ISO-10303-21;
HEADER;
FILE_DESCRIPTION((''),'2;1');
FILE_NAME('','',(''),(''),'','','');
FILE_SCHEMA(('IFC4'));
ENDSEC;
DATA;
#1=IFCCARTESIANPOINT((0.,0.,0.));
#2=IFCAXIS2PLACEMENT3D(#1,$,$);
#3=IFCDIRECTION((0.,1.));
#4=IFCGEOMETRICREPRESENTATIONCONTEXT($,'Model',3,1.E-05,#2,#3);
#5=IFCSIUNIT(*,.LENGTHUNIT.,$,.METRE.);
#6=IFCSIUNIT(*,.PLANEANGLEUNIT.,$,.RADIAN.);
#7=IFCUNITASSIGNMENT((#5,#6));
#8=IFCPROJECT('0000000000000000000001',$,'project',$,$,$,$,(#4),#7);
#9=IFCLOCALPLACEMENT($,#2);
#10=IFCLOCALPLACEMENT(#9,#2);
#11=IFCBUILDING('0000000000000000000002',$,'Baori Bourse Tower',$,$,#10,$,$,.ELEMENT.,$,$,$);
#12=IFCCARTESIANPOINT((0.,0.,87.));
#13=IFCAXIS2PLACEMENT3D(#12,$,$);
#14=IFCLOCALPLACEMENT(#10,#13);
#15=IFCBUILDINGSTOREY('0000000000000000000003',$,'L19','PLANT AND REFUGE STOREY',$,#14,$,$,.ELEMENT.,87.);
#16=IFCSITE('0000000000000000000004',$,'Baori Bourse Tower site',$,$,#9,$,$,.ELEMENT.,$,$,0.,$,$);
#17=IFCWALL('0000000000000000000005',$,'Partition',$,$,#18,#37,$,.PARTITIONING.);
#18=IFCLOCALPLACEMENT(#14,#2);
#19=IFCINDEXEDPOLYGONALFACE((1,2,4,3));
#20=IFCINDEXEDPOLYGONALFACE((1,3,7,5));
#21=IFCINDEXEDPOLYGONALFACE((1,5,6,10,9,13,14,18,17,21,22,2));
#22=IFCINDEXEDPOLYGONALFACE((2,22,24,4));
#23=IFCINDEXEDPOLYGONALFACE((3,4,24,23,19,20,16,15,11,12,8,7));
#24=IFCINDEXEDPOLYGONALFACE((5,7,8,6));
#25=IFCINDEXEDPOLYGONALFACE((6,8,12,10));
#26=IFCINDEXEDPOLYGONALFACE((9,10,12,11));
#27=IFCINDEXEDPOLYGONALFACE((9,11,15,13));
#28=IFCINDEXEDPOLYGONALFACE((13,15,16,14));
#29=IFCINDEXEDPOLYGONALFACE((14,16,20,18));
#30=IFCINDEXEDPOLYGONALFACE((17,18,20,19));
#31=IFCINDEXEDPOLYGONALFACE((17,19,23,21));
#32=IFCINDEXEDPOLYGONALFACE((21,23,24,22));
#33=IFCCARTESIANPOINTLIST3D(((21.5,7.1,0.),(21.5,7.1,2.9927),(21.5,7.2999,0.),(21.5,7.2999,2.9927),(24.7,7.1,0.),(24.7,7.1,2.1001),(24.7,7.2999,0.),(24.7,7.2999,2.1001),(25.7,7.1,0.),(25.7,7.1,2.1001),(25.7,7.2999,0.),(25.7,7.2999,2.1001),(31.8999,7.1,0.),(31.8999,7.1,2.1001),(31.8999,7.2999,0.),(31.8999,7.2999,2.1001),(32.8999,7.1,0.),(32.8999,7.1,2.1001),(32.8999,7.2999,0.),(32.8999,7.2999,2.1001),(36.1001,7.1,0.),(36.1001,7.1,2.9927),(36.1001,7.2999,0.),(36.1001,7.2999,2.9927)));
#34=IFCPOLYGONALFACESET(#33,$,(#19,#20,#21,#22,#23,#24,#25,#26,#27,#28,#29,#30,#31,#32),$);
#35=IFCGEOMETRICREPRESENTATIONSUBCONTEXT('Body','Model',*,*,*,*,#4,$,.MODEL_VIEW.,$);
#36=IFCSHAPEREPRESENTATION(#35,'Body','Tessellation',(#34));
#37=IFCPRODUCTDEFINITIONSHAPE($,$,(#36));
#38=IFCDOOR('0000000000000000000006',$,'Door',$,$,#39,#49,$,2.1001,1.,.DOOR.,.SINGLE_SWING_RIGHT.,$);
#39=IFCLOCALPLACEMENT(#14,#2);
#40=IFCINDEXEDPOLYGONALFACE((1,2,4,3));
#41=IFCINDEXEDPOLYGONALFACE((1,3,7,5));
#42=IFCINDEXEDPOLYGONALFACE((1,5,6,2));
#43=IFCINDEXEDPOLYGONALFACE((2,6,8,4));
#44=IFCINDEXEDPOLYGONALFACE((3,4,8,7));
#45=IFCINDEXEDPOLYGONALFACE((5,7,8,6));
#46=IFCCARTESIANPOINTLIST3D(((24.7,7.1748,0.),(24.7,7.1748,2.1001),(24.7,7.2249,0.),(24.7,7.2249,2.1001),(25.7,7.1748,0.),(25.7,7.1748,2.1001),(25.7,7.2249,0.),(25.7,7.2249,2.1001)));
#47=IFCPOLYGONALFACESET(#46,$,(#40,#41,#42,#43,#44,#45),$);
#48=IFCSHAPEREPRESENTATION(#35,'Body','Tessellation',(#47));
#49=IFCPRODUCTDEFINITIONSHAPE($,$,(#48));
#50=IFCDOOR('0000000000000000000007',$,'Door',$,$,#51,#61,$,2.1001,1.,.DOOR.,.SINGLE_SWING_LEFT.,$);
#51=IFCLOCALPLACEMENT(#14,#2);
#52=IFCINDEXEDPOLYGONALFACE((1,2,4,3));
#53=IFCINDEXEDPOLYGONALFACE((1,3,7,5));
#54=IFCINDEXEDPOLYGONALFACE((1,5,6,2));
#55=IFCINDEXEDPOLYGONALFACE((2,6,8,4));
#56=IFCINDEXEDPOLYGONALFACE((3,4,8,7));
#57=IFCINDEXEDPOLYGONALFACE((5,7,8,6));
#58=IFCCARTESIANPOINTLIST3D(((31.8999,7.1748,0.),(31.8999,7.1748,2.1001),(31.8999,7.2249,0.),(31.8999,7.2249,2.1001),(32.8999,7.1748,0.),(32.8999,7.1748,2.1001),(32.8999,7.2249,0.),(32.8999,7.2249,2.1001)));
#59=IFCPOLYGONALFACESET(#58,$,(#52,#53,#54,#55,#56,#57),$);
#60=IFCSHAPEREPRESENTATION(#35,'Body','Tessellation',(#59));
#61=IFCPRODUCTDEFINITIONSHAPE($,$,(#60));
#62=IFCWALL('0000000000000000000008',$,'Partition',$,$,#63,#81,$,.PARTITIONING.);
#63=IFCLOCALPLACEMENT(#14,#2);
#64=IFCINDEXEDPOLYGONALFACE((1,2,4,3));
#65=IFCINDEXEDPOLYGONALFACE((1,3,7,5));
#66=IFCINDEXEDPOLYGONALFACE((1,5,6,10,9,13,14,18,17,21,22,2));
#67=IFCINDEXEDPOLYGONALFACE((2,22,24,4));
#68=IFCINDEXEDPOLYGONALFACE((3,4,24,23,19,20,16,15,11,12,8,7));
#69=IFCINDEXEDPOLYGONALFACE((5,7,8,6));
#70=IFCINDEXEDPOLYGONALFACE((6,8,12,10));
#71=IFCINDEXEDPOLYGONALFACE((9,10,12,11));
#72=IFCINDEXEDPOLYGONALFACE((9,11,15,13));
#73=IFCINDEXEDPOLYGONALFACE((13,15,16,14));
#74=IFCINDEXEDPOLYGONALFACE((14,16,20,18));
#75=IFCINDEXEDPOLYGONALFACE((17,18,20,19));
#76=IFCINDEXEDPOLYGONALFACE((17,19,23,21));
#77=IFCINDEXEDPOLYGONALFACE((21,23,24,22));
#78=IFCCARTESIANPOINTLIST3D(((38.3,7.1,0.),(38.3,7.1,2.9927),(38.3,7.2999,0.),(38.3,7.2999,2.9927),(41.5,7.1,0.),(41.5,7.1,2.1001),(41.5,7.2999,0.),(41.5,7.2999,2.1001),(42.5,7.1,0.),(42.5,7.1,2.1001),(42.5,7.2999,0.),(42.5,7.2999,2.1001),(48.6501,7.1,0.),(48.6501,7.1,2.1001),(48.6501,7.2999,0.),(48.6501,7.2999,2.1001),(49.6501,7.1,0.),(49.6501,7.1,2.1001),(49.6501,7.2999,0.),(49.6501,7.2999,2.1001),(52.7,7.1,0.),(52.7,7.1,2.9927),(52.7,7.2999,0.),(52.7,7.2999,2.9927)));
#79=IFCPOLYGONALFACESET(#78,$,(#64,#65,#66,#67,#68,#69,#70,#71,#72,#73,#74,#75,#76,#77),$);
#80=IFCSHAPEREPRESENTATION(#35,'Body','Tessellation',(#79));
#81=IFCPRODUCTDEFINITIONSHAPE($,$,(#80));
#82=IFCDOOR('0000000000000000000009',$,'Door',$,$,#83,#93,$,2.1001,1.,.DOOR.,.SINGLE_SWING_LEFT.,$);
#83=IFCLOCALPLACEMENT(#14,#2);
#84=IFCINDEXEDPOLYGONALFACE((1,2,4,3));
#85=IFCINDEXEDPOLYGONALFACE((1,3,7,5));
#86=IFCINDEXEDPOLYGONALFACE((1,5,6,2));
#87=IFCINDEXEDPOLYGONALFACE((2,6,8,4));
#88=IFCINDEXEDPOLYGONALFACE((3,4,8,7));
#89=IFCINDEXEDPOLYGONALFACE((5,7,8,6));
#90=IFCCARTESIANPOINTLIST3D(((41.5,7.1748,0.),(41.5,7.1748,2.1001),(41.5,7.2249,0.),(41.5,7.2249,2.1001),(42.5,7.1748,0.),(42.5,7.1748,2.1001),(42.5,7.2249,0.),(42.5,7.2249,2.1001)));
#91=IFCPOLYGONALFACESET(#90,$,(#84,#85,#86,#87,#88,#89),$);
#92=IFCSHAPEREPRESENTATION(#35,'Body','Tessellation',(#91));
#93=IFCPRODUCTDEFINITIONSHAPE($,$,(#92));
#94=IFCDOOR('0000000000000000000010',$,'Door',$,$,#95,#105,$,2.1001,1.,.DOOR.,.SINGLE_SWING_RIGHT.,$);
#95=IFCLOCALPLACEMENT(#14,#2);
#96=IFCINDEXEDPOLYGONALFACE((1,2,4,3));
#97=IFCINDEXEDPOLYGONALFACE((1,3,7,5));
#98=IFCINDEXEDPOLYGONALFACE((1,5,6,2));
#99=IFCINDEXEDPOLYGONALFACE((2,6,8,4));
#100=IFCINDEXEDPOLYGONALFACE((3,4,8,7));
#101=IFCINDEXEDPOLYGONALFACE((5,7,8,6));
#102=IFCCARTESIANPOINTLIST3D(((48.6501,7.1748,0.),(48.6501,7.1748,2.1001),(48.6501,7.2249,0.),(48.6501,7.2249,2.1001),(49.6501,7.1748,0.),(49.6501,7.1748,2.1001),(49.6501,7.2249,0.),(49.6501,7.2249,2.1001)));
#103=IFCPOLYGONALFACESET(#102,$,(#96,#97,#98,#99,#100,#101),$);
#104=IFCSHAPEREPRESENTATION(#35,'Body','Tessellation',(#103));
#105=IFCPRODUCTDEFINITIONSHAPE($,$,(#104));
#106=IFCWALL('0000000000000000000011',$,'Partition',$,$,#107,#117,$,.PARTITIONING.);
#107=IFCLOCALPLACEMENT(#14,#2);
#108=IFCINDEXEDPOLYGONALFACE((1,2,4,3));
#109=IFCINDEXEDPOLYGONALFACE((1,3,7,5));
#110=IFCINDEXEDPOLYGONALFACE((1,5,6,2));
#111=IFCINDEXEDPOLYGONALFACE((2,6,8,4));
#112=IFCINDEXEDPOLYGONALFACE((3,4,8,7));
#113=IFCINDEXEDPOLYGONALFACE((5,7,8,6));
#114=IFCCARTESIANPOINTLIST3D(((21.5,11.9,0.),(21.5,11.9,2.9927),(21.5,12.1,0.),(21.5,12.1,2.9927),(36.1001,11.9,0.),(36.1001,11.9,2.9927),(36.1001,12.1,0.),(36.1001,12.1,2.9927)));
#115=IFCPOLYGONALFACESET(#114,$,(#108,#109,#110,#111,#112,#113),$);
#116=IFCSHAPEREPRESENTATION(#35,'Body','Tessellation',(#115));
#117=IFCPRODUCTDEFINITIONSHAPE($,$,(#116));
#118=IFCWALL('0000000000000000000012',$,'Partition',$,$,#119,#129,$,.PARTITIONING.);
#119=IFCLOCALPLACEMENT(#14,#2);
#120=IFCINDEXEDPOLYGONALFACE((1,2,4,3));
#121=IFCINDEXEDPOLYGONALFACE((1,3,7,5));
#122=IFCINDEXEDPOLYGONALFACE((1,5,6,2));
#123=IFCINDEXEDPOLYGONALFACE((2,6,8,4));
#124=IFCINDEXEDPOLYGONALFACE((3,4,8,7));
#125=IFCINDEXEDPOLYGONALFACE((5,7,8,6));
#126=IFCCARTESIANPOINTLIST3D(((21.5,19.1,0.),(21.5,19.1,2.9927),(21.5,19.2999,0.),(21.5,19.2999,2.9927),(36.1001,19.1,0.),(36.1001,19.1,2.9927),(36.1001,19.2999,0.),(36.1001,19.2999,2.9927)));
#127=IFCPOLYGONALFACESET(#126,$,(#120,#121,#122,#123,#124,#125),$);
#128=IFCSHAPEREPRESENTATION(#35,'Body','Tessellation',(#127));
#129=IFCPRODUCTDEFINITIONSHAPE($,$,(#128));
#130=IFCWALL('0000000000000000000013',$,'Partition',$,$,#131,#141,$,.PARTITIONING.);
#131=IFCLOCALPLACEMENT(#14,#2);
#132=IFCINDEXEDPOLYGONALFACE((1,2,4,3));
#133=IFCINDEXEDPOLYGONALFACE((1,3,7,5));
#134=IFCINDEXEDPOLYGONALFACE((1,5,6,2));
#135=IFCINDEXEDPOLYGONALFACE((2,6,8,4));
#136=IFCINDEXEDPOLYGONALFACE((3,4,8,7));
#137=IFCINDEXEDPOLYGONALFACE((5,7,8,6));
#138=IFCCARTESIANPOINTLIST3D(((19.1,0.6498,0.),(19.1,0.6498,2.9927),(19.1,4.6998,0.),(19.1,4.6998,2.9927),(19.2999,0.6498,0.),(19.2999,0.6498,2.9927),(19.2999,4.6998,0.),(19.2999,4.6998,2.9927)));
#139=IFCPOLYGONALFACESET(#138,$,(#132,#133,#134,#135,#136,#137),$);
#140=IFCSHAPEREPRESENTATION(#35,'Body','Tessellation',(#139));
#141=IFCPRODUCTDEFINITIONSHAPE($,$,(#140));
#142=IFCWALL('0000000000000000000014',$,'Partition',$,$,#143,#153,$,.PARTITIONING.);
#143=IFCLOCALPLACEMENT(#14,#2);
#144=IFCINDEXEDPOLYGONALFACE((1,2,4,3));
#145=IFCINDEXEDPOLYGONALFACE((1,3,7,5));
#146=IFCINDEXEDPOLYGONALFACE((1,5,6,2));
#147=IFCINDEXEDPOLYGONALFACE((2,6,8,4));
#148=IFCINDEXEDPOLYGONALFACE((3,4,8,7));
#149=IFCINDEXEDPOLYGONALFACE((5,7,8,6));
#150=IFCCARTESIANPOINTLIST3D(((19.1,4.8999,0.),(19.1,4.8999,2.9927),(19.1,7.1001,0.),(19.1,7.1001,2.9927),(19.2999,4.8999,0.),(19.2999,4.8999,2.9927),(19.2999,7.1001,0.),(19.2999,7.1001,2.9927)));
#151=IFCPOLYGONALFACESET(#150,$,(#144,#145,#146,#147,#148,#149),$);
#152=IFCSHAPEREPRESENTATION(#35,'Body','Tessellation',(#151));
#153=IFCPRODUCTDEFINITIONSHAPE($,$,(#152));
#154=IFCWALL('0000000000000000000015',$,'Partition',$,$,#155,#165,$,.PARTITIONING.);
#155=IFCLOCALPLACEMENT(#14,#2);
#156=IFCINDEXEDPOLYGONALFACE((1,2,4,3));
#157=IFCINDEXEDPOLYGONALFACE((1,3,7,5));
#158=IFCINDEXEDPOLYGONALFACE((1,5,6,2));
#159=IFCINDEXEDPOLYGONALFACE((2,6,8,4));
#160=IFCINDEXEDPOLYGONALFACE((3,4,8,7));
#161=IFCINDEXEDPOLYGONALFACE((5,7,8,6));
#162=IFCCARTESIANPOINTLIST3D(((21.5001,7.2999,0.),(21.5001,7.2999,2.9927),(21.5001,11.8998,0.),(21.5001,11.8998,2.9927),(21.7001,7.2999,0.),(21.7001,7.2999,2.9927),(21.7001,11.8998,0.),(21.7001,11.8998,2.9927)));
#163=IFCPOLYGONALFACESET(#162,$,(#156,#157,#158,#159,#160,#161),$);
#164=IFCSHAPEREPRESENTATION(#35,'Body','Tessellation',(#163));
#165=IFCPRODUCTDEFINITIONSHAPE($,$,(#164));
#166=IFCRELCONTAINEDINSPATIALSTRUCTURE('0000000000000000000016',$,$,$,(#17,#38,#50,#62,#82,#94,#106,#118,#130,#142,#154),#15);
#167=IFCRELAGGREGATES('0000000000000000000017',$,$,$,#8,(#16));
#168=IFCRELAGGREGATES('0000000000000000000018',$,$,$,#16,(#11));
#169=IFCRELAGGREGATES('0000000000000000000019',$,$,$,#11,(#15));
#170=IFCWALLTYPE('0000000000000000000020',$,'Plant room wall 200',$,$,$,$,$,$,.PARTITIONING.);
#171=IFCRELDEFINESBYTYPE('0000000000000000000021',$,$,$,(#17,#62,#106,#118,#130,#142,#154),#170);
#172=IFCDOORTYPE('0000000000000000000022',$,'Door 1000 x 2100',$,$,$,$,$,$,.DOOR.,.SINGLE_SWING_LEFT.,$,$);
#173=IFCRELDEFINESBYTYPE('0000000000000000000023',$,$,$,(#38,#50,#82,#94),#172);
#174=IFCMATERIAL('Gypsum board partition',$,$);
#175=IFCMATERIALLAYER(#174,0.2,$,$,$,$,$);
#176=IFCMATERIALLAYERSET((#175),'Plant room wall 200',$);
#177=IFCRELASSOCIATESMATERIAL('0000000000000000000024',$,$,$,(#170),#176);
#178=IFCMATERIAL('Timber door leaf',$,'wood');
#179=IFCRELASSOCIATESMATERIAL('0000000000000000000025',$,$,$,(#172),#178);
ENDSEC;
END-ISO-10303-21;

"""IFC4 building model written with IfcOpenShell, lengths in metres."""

from ifc_helpers import new_model, si_unit, direction, frame, frame_2d, origin, place, context, subcontext, project, spatial, rectangle, extrude, material, layer, layer_set, type_object, element, fill, save


model = new_model("IFC4")

# Units and contexts
model_context = context("Model", 3, precision=1e-05, world=origin(), true_north=direction((0.0, 1.0)))
body_context = subcontext(model_context, "Body", "Model", "MODEL_VIEW")
ifc_project = project(units=[si_unit("LENGTHUNIT", "METRE"), si_unit("PLANEANGLEUNIT", "RADIAN")], contexts=[model_context])

# Site, building, storey
site_placement = place(None, origin())
site = spatial("IfcSite", under=ifc_project, at=site_placement, Name="Baori Bourse Tower site", CompositionType="ELEMENT", RefElevation=0.0)
building_placement = place(site_placement, origin())
building = spatial("IfcBuilding", under=site, at=building_placement, Name="Baori Bourse Tower", CompositionType="ELEMENT")
storey_placement = place(building_placement, frame((0.0, 0.0, 87.0)))
storey = spatial("IfcBuildingStorey", under=building, at=storey_placement, Name="L19", Description="PLANT AND REFUGE STOREY", CompositionType="ELEMENT", Elevation=87.0)

# Walls, openings, doors
ifc_material_1 = material(Name="Gypsum board partition")
ifc_layer_1 = layer(ifc_material_1, 0.2)
ifc_layer_set_1 = layer_set([ifc_layer_1], Name="Plant room wall 200")
wall_type_1 = type_object("IfcWallType", Name="Plant room wall 200", PredefinedType="PARTITIONING", material=ifc_layer_set_1)
wall_1_placement = place(storey_placement, frame((21.5, 7.2, 0.0), z_axis=(0.0, 0.0, 1.0), x_axis=(1.0, 0.0, 0.0)))
wall_1 = element("IfcWall", 1, at=wall_1_placement, inside=storey, type_object=wall_type_1, Name="Partition", PredefinedType="PARTITIONING", context=body_context, shape_type="SweptSolid", body=[
    extrude(rectangle(XDim=14.6001, YDim=0.2, at=frame_2d((7.3, 0.0))), origin(), (0.0, 0.0, 1.0), 2.9927),
])
opening_1_placement = place(wall_1_placement, frame((3.2, 0.0, 0.0)))
opening_1 = element("IfcOpeningElement", 2, at=opening_1_placement, cuts=wall_1, PredefinedType="OPENING", context=body_context, shape_type="SweptSolid", body=[
    extrude(rectangle(XDim=1.0, YDim=2.1001, at=frame_2d((0.5, 1.05))), frame((0.0, 0.1099, 0.0), z_axis=(0.0, -1.0, 0.0), x_axis=(1.0, 0.0, 0.0)), (0.0, 0.0, 1.0), 0.22),
])
opening_2_placement = place(wall_1_placement, frame((10.3999, 0.0, 0.0)))
opening_2 = element("IfcOpeningElement", 3, at=opening_2_placement, cuts=wall_1, PredefinedType="OPENING", context=body_context, shape_type="SweptSolid", body=[
    extrude(rectangle(XDim=1.0, YDim=2.1001, at=frame_2d((0.5, 1.05))), frame((0.0, 0.1099, 0.0), z_axis=(0.0, -1.0, 0.0), x_axis=(1.0, 0.0, 0.0)), (0.0, 0.0, 1.0), 0.22),
])
ifc_material_2 = material(Name="Timber door leaf", Category="wood")
door_type_1 = type_object("IfcDoorType", Name="Door 1000 x 2100", OperationType="SINGLE_SWING_LEFT", PredefinedType="DOOR", material=ifc_material_2)
door_1_placement = place(opening_1_placement, origin())
door_1 = element("IfcDoor", 4, at=door_1_placement, inside=storey, type_object=door_type_1, Name="Door", OperationType="SINGLE_SWING_RIGHT", OverallHeight=2.1001, OverallWidth=1.0, PredefinedType="DOOR", context=body_context, shape_type="SweptSolid", body=[
    extrude(rectangle(XDim=1.0, YDim=2.1001, at=frame_2d((0.5, 1.05))), frame((0.0, 0.0249, 0.0), z_axis=(0.0, -1.0, 0.0), x_axis=(1.0, 0.0, 0.0)), (0.0, 0.0, 1.0), 0.05),
])
fill(opening_1, door_1)
door_2_placement = place(opening_2_placement, origin())
door_2 = element("IfcDoor", 5, at=door_2_placement, inside=storey, type_object=door_type_1, Name="Door", OperationType="SINGLE_SWING_LEFT", OverallHeight=2.1001, OverallWidth=1.0, PredefinedType="DOOR", context=body_context, shape_type="SweptSolid", body=[
    extrude(rectangle(XDim=1.0, YDim=2.1001, at=frame_2d((0.5, 1.05))), frame((0.0, 0.0249, 0.0), z_axis=(0.0, -1.0, 0.0), x_axis=(1.0, 0.0, 0.0)), (0.0, 0.0, 1.0), 0.05),
])
fill(opening_2, door_2)
wall_2_placement = place(storey_placement, frame((38.3, 7.2, 0.0), z_axis=(0.0, 0.0, 1.0), x_axis=(1.0, 0.0, 0.0)))
wall_2 = element("IfcWall", 6, at=wall_2_placement, inside=storey, type_object=wall_type_1, Name="Partition", PredefinedType="PARTITIONING", context=body_context, shape_type="SweptSolid", body=[
    extrude(rectangle(XDim=14.3999, YDim=0.2, at=frame_2d((7.2, 0.0))), origin(), (0.0, 0.0, 1.0), 2.9927),
])
opening_3_placement = place(wall_2_placement, frame((3.2, 0.0, 0.0)))
opening_3 = element("IfcOpeningElement", 7, at=opening_3_placement, cuts=wall_2, PredefinedType="OPENING", context=body_context, shape_type="SweptSolid", body=[
    extrude(rectangle(XDim=1.0, YDim=2.1001, at=frame_2d((0.5, 1.05))), frame((0.0, 0.1099, 0.0), z_axis=(0.0, -1.0, 0.0), x_axis=(1.0, 0.0, 0.0)), (0.0, 0.0, 1.0), 0.22),
])
opening_4_placement = place(wall_2_placement, frame((10.3501, 0.0, 0.0)))
opening_4 = element("IfcOpeningElement", 8, at=opening_4_placement, cuts=wall_2, PredefinedType="OPENING", context=body_context, shape_type="SweptSolid", body=[
    extrude(rectangle(XDim=1.0, YDim=2.1001, at=frame_2d((0.5, 1.05))), frame((0.0, 0.1099, 0.0), z_axis=(0.0, -1.0, 0.0), x_axis=(1.0, 0.0, 0.0)), (0.0, 0.0, 1.0), 0.22),
])
door_3_placement = place(opening_3_placement, origin())
door_3 = element("IfcDoor", 9, at=door_3_placement, inside=storey, type_object=door_type_1, Name="Door", OperationType="SINGLE_SWING_LEFT", OverallHeight=2.1001, OverallWidth=1.0, PredefinedType="DOOR", context=body_context, shape_type="SweptSolid", body=[
    extrude(rectangle(XDim=1.0, YDim=2.1001, at=frame_2d((0.5, 1.05))), frame((0.0, 0.0249, 0.0), z_axis=(0.0, -1.0, 0.0), x_axis=(1.0, 0.0, 0.0)), (0.0, 0.0, 1.0), 0.05),
])
fill(opening_3, door_3)
door_4_placement = place(opening_4_placement, origin())
door_4 = element("IfcDoor", 10, at=door_4_placement, inside=storey, type_object=door_type_1, Name="Door", OperationType="SINGLE_SWING_RIGHT", OverallHeight=2.1001, OverallWidth=1.0, PredefinedType="DOOR", context=body_context, shape_type="SweptSolid", body=[
    extrude(rectangle(XDim=1.0, YDim=2.1001, at=frame_2d((0.5, 1.05))), frame((0.0, 0.0249, 0.0), z_axis=(0.0, -1.0, 0.0), x_axis=(1.0, 0.0, 0.0)), (0.0, 0.0, 1.0), 0.05),
])
fill(opening_4, door_4)

# Walls
for number, where, z_axis, x_axis, name in (
    (11, (21.5, 12.0, 0.0), (0.0, 0.0, 1.0), (1.0, 0.0, 0.0), "Partition"),
    (12, (21.5, 19.2, 0.0), (0.0, 0.0, 1.0), (1.0, 0.0, 0.0), "Partition"),
):
    element("IfcWall", number, at=place(storey_placement, frame(where, z_axis=z_axis, x_axis=x_axis)), inside=storey, type_object=wall_type_1, Name=name, PredefinedType="PARTITIONING", context=body_context, shape_type="SweptSolid", body=[
        extrude(rectangle(XDim=14.6001, YDim=0.2, at=frame_2d((7.3, 0.0))), origin(), (0.0, 0.0, 1.0), 2.9927),
    ])
wall_3_placement = place(storey_placement, frame((19.2, 0.6499, 0.0), z_axis=(0.0, 0.0, 1.0), x_axis=(0.0, 1.0, 0.0)))
element("IfcWall", 13, at=wall_3_placement, inside=storey, type_object=wall_type_1, Name="Partition", PredefinedType="PARTITIONING", context=body_context, shape_type="SweptSolid", body=[
    extrude(rectangle(XDim=4.05, YDim=0.2, at=frame_2d((2.0249, 0.0))), origin(), (0.0, 0.0, 1.0), 2.9927),
])
wall_4_placement = place(storey_placement, frame((19.2, 4.8999, 0.0), z_axis=(0.0, 0.0, 1.0), x_axis=(0.0, 1.0, 0.0)))
element("IfcWall", 14, at=wall_4_placement, inside=storey, type_object=wall_type_1, Name="Partition", PredefinedType="PARTITIONING", context=body_context, shape_type="SweptSolid", body=[
    extrude(rectangle(XDim=2.2002, YDim=0.2, at=frame_2d((1.1001, 0.0))), origin(), (0.0, 0.0, 1.0), 2.9927),
])
wall_5_placement = place(storey_placement, frame((21.6001, 7.3, 0.0), z_axis=(0.0, 0.0, 1.0), x_axis=(0.0, 1.0, 0.0)))
element("IfcWall", 15, at=wall_5_placement, inside=storey, type_object=wall_type_1, Name="Partition", PredefinedType="PARTITIONING", context=body_context, shape_type="SweptSolid", body=[
    extrude(rectangle(XDim=4.5999, YDim=0.2, at=frame_2d((2.2998, 0.0))), origin(), (0.0, 0.0, 1.0), 2.9927),
])

save(model, "model.ifc")
